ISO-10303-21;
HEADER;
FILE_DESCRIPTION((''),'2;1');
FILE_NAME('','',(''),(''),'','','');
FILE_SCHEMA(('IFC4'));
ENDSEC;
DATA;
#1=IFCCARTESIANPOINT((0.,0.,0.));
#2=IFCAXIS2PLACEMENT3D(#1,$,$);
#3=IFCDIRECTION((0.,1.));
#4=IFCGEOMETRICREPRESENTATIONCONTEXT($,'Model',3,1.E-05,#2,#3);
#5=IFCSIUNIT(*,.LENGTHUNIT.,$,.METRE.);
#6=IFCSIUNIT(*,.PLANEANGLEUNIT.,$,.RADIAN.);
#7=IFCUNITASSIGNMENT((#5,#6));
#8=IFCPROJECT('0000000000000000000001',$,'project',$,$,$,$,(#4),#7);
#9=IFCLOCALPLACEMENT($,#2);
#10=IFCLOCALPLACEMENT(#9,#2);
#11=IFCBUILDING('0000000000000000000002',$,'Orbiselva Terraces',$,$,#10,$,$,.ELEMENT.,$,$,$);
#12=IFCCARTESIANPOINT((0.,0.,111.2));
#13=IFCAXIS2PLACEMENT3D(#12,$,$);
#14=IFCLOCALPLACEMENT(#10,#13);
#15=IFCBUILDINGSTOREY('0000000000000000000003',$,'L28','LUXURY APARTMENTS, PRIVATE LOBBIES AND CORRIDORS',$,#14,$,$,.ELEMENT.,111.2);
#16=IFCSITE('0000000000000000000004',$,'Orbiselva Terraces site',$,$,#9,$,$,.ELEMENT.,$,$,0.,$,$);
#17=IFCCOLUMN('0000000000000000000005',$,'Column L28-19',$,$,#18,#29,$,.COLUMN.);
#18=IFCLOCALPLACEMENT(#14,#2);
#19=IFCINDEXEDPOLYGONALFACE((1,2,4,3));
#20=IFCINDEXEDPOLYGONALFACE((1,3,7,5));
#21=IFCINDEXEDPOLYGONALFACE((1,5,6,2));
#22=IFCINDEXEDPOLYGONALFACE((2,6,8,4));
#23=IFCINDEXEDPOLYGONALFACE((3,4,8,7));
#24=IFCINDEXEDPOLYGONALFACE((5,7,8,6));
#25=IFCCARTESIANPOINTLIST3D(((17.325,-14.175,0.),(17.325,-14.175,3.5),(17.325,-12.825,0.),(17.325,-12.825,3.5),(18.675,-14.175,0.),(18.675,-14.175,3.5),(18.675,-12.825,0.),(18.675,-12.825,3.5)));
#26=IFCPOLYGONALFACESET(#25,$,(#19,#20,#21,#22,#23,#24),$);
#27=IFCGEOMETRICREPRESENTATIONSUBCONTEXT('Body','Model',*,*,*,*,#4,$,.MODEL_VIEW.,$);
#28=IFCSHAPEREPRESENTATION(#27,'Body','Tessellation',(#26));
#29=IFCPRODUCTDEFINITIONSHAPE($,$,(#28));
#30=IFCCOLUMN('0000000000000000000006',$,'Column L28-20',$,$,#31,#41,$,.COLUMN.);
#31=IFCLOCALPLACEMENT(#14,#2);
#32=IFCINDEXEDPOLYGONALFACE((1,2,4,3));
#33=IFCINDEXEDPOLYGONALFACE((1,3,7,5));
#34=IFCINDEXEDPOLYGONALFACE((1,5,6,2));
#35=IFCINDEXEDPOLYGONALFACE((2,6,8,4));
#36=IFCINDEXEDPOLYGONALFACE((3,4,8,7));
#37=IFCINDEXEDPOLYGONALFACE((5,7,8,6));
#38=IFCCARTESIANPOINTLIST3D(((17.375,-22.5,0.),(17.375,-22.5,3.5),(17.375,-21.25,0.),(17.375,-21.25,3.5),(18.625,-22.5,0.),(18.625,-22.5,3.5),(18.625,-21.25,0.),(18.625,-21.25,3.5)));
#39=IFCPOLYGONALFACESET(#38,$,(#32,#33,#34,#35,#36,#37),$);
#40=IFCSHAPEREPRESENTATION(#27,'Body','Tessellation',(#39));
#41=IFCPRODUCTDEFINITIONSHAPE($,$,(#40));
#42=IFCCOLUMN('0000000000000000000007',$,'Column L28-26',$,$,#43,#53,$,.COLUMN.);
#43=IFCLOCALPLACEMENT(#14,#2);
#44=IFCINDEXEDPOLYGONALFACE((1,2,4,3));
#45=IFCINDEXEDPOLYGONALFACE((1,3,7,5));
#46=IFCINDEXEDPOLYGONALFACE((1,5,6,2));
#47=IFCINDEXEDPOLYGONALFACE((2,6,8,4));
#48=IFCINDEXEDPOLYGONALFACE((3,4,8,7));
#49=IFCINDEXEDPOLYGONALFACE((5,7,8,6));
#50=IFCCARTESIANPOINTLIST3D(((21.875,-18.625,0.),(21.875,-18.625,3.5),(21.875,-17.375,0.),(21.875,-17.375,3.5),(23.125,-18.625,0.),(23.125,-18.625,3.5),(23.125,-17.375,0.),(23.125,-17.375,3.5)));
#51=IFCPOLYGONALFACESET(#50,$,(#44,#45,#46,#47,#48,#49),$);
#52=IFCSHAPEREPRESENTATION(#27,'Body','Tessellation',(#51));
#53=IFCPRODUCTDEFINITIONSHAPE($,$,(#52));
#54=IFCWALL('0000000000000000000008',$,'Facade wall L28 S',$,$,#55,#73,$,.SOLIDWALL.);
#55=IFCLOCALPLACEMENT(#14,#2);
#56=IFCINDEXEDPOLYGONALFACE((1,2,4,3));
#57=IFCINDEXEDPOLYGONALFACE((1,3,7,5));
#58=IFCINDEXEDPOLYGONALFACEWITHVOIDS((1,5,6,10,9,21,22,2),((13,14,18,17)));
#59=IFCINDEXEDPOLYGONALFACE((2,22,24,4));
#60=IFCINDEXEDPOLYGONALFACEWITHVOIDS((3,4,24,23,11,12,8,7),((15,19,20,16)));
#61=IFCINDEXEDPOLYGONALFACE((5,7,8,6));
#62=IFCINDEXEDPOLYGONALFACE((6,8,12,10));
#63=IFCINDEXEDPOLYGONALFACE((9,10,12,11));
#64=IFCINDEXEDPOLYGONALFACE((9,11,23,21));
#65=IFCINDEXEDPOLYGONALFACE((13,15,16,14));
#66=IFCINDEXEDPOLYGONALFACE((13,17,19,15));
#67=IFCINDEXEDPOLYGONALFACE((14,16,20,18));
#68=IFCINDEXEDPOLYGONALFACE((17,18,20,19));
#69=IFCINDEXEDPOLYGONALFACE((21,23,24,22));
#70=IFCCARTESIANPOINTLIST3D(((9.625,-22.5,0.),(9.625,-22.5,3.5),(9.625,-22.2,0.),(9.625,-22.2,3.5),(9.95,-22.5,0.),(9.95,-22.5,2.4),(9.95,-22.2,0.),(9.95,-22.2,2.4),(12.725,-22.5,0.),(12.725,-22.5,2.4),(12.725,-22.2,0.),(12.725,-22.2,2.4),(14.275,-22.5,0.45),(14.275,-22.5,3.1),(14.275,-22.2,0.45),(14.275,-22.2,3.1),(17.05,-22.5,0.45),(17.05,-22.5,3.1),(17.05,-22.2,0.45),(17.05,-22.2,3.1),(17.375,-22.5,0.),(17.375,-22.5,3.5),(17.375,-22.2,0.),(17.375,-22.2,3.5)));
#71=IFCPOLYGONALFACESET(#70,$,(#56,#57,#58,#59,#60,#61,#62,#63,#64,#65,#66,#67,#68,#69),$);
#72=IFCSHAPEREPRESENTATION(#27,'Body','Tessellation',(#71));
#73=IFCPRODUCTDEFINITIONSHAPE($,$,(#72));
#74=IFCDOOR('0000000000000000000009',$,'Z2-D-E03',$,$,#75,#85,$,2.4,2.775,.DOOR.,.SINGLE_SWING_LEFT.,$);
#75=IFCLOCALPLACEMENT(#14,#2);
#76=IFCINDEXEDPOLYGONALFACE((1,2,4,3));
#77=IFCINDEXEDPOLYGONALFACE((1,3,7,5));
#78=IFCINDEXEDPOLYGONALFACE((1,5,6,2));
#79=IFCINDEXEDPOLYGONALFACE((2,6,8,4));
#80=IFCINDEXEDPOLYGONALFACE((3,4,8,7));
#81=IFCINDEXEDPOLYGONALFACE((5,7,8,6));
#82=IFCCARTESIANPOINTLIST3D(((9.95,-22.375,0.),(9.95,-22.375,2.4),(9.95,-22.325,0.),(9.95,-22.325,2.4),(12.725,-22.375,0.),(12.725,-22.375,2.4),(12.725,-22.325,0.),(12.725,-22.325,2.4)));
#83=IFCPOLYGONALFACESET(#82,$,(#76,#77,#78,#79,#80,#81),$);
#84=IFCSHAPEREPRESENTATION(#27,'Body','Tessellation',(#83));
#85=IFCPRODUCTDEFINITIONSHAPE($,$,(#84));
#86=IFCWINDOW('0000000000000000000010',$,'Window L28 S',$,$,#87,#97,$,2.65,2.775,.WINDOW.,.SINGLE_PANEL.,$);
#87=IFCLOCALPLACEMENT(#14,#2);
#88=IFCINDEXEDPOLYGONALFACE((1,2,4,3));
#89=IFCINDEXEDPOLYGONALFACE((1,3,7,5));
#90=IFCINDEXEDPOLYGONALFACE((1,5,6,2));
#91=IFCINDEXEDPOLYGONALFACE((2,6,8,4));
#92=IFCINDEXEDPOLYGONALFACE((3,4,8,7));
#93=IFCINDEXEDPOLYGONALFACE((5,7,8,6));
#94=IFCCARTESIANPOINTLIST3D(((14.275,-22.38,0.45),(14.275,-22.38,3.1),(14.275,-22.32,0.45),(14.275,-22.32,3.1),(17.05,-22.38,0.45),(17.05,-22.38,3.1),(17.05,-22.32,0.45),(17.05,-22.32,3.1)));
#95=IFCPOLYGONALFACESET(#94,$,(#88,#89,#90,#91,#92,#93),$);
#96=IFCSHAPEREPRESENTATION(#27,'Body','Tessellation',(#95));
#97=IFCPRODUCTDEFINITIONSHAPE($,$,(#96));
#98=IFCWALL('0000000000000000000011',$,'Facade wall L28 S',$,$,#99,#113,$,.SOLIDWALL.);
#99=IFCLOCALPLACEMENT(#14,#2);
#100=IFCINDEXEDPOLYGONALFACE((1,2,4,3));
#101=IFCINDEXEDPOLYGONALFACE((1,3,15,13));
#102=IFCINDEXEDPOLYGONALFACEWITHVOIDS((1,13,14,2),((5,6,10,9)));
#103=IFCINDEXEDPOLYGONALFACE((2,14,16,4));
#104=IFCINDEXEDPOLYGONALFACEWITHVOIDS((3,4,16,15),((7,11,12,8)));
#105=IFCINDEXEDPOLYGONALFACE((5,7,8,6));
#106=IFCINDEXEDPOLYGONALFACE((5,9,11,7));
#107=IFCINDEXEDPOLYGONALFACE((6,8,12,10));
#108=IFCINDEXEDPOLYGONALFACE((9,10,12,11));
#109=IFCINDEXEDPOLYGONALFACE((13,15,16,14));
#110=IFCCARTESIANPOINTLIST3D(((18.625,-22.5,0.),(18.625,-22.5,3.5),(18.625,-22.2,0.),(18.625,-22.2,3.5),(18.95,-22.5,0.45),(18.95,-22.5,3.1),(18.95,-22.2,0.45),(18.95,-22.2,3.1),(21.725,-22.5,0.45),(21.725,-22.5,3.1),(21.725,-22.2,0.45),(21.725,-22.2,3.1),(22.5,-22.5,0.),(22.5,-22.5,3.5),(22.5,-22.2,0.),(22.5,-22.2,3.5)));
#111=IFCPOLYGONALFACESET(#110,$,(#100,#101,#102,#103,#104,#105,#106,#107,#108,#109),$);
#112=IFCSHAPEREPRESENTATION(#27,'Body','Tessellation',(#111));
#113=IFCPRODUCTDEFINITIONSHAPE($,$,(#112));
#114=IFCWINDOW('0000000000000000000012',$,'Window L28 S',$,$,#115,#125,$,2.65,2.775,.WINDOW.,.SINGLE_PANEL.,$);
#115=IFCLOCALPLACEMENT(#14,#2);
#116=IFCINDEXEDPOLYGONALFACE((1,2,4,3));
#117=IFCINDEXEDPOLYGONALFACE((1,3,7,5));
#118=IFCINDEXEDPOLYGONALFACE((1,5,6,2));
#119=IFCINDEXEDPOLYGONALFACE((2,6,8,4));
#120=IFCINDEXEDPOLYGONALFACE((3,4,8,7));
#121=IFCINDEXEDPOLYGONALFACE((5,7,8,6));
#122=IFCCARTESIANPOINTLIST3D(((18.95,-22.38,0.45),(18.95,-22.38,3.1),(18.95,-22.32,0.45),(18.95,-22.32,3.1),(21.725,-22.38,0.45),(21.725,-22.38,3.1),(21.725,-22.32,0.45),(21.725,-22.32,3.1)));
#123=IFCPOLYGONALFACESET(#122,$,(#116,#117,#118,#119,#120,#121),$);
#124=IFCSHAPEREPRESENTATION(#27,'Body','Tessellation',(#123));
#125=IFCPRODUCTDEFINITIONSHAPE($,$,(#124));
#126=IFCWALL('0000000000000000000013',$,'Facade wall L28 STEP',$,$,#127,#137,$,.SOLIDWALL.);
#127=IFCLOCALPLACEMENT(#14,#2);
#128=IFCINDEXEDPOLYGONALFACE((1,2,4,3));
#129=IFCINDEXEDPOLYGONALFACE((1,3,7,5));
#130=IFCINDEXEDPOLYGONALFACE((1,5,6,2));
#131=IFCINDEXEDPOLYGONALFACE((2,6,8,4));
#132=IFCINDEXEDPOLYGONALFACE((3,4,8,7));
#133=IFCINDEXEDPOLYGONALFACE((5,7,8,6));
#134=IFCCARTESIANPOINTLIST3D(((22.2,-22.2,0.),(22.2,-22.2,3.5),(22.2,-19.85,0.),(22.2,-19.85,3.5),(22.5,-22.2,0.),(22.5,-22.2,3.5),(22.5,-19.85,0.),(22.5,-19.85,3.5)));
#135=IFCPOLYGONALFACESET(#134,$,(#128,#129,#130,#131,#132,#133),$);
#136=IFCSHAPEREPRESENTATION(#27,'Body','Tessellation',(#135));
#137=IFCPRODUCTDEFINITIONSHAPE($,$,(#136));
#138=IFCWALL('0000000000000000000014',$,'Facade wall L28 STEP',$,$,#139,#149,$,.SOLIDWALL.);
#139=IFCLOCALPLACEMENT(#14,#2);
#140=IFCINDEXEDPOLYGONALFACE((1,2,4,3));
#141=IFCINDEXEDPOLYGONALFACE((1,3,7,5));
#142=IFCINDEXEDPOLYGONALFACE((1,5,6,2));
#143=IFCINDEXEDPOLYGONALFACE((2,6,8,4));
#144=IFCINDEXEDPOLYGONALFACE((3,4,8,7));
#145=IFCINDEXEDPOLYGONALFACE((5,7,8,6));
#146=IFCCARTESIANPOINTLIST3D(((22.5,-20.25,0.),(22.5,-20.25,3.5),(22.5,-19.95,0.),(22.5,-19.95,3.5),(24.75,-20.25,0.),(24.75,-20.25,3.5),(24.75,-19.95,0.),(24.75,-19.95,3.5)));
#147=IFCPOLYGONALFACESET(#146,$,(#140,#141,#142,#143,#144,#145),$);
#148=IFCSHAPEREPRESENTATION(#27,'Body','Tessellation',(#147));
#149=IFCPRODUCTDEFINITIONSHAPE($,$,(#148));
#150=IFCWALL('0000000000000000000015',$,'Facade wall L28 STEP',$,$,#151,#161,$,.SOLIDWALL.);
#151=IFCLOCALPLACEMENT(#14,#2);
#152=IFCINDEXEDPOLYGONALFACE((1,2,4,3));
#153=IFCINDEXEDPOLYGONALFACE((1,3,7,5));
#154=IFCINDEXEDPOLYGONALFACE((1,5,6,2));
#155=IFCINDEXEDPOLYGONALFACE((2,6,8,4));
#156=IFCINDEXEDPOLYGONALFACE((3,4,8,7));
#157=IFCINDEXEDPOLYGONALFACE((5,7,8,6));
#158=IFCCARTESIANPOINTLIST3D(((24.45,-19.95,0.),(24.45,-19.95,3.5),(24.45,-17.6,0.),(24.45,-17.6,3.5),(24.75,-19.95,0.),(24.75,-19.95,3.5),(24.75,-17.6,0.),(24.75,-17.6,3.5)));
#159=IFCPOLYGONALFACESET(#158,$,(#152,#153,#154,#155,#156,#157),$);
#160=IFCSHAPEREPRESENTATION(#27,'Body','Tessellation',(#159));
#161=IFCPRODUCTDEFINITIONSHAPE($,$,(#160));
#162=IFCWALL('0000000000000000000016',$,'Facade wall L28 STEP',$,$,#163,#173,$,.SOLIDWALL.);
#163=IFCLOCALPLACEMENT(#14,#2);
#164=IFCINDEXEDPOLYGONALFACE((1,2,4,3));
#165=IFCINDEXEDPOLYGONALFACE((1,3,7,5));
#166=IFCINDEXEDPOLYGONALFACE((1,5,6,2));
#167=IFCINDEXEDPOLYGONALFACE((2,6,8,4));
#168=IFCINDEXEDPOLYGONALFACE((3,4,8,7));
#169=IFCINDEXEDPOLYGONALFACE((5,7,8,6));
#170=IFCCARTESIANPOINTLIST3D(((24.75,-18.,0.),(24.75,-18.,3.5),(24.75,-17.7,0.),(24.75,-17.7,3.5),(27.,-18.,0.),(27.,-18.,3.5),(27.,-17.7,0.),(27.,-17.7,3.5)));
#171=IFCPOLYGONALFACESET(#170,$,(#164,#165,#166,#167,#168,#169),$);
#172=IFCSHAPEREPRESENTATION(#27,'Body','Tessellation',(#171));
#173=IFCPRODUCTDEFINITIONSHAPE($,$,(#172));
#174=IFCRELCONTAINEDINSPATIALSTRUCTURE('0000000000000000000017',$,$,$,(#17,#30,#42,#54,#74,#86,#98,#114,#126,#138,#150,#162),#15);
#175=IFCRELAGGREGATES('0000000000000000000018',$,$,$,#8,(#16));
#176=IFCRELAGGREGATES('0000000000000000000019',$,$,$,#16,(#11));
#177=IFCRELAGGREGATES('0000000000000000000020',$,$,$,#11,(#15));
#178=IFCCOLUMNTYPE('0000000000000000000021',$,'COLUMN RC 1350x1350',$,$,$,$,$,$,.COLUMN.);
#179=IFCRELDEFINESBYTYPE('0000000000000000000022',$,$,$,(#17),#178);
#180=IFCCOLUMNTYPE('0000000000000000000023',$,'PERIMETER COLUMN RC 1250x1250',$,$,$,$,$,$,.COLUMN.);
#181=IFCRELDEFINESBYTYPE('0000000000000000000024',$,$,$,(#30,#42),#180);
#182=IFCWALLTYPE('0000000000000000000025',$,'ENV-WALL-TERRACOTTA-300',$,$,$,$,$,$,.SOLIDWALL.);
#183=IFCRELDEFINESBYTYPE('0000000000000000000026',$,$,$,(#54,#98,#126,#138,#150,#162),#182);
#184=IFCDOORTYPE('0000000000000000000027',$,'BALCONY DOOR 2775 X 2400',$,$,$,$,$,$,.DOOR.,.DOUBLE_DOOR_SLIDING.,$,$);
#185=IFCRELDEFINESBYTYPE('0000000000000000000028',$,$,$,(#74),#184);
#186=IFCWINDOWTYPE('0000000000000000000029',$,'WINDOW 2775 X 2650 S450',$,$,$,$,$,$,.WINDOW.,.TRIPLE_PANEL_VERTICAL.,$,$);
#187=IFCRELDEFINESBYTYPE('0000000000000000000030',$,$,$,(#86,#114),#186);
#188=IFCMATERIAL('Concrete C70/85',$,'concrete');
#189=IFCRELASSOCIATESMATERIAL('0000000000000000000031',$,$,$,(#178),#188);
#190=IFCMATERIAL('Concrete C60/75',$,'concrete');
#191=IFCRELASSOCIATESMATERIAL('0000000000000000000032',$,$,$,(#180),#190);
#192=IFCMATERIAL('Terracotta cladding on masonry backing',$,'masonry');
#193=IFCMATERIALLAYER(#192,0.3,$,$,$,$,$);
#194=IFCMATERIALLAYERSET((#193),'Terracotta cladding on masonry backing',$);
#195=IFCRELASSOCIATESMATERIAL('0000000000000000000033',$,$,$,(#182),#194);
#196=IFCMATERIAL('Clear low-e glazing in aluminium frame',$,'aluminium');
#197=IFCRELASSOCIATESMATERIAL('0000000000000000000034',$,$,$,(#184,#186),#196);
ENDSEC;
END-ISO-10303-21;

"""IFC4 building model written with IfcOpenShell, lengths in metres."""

from ifc_helpers import new_model, si_unit, direction, frame, frame_2d, origin, origin_2d, place, context, subcontext, project, spatial, rectangle, extrude, material, layer, layer_set, material_profile, profile_set, type_object, element, fill, save


model = new_model("IFC4")

# Units and contexts
model_context = context("Model", 3, precision=1e-05, world=origin(), true_north=direction((0.0, 1.0)))
body_context = subcontext(model_context, "Body", "Model", "MODEL_VIEW")
ifc_project = project(units=[si_unit("LENGTHUNIT", "METRE"), si_unit("PLANEANGLEUNIT", "RADIAN")], contexts=[model_context])

# Site, building, storey
site_placement = place(None, origin())
site = spatial("IfcSite", under=ifc_project, at=site_placement, Name="Orbiselva Terraces site", CompositionType="ELEMENT", RefElevation=0.0)
building_placement = place(site_placement, origin())
building = spatial("IfcBuilding", under=site, at=building_placement, Name="Orbiselva Terraces", CompositionType="ELEMENT")
storey_placement = place(building_placement, frame((0.0, 0.0, 111.2)))
storey = spatial("IfcBuildingStorey", under=building, at=storey_placement, Name="L28", Description="LUXURY APARTMENTS, PRIVATE LOBBIES AND CORRIDORS", CompositionType="ELEMENT", Elevation=111.2)

# Columns
ifc_material_1 = material(Name="Concrete C70/85", Category="concrete")
ifc_material_profile_1 = material_profile(ifc_material_1, rectangle(XDim=1.35, YDim=1.35, at=origin_2d()), Name="RC 1350x1350")
ifc_profile_set_1 = profile_set([ifc_material_profile_1], Name="Concrete C70/85")
column_type_1 = type_object("IfcColumnType", Name="COLUMN RC 1350x1350", PredefinedType="COLUMN", material=ifc_profile_set_1)
column_placement = place(storey_placement, frame((18.0, -13.5, 0.0), z_axis=(0.0, 0.0, 1.0), x_axis=(1.0, 0.0, 0.0)))
element("IfcColumn", 1, at=column_placement, inside=storey, type_object=column_type_1, Name="Column L28-19", PredefinedType="COLUMN", context=body_context, shape_type="SweptSolid", body=[
    extrude(rectangle(XDim=1.35, YDim=1.35, at=origin_2d()), origin(), (0.0, 0.0, 1.0), 3.5),
])
ifc_material_2 = material(Name="Concrete C60/75", Category="concrete")
ifc_material_profile_2 = material_profile(ifc_material_2, rectangle(XDim=1.25, YDim=1.25, at=origin_2d()), Name="RC 1250x1250")
ifc_profile_set_2 = profile_set([ifc_material_profile_2], Name="Concrete C60/75")
column_type_2 = type_object("IfcColumnType", Name="PERIMETER COLUMN RC 1250x1250", PredefinedType="COLUMN", material=ifc_profile_set_2)
for number, where, z_axis, x_axis, name in (
    (2, (18.0, -21.875, 0.0), (0.0, 0.0, 1.0), (1.0, 0.0, 0.0), "Column L28-20"),
    (3, (22.5, -18.0, 0.0), (0.0, 0.0, 1.0), (1.0, 0.0, 0.0), "Column L28-26"),
):
    element("IfcColumn", number, at=place(storey_placement, frame(where, z_axis=z_axis, x_axis=x_axis)), inside=storey, type_object=column_type_2, Name=name, PredefinedType="COLUMN", context=body_context, shape_type="SweptSolid", body=[
        extrude(rectangle(XDim=1.25, YDim=1.25, at=origin_2d()), origin(), (0.0, 0.0, 1.0), 3.5),
    ])

# Wall, openings, door, window
ifc_material_3 = material(Name="Terracotta cladding on masonry backing", Category="masonry")
ifc_layer_1 = layer(ifc_material_3, 0.3)
ifc_layer_set_1 = layer_set([ifc_layer_1], Name="Terracotta cladding on masonry backing")
wall_type_1 = type_object("IfcWallType", Name="ENV-WALL-TERRACOTTA-300", PredefinedType="SOLIDWALL", material=ifc_layer_set_1)
wall_1_placement = place(storey_placement, frame((17.375, -22.35, 0.0), z_axis=(0.0, 0.0, 1.0), x_axis=(-1.0, 0.0, 0.0)))
wall_1 = element("IfcWall", 4, at=wall_1_placement, inside=storey, type_object=wall_type_1, Name="Facade wall L28 S", PredefinedType="SOLIDWALL", context=body_context, shape_type="SweptSolid", body=[
    extrude(rectangle(XDim=7.75, YDim=0.3, at=frame_2d((3.875, 0.0))), origin(), (0.0, 0.0, 1.0), 3.5),
])
opening_1_placement = place(wall_1_placement, frame((4.65, 0.0, 0.0)))
opening_1 = element("IfcOpeningElement", 5, at=opening_1_placement, cuts=wall_1, PredefinedType="OPENING", context=body_context, shape_type="SweptSolid", body=[
    extrude(rectangle(XDim=2.775, YDim=2.4, at=frame_2d((1.3875, 1.2))), frame((0.0, 0.16, 0.0), z_axis=(0.0, -1.0, 0.0), x_axis=(1.0, 0.0, 0.0)), (0.0, 0.0, 1.0), 0.32),
])
opening_2_placement = place(wall_1_placement, frame((0.325, 0.0, 0.45)))
opening_2 = element("IfcOpeningElement", 6, at=opening_2_placement, cuts=wall_1, PredefinedType="OPENING", context=body_context, shape_type="SweptSolid", body=[
    extrude(rectangle(XDim=2.775, YDim=2.65, at=frame_2d((1.3875, 1.325))), frame((0.0, 0.16, 0.0), z_axis=(0.0, -1.0, 0.0), x_axis=(1.0, 0.0, 0.0)), (0.0, 0.0, 1.0), 0.32),
])
ifc_material_4 = material(Name="Clear low-e glazing in aluminium frame", Category="aluminium")
door_type_1 = type_object("IfcDoorType", Name="BALCONY DOOR 2775 X 2400", OperationType="DOUBLE_DOOR_SLIDING", PredefinedType="DOOR", material=ifc_material_4)
door_1_placement = place(opening_1_placement, origin())
door_1 = element("IfcDoor", 7, at=door_1_placement, inside=storey, type_object=door_type_1, Name="Z2-D-E03", OperationType="SINGLE_SWING_LEFT", OverallHeight=2.4, OverallWidth=2.775, PredefinedType="DOOR", context=body_context, shape_type="SweptSolid", body=[
    extrude(rectangle(XDim=2.775, YDim=2.4, at=frame_2d((1.3875, 1.2))), frame((0.0, 0.025, 0.0), z_axis=(0.0, -1.0, 0.0), x_axis=(1.0, 0.0, 0.0)), (0.0, 0.0, 1.0), 0.05),
])
fill(opening_1, door_1)
window_type = type_object("IfcWindowType", Name="WINDOW 2775 X 2650 S450", PartitioningType="TRIPLE_PANEL_VERTICAL", PredefinedType="WINDOW", material=ifc_material_4)
window_1_placement = place(opening_2_placement, origin())
window_1 = element("IfcWindow", 8, at=window_1_placement, inside=storey, type_object=window_type, Name="Window L28 S", OverallHeight=2.65, OverallWidth=2.775, PartitioningType="SINGLE_PANEL", PredefinedType="WINDOW", context=body_context, shape_type="SweptSolid", body=[
    extrude(rectangle(XDim=2.775, YDim=2.65, at=frame_2d((1.3875, 1.325))), frame((0.0, 0.03, 0.0), z_axis=(0.0, -1.0, 0.0), x_axis=(1.0, 0.0, 0.0)), (0.0, 0.0, 1.0), 0.06),
])
fill(opening_2, window_1)

# Wall, opening, window
wall_2_placement = place(storey_placement, frame((22.5, -22.35, 0.0), z_axis=(0.0, 0.0, 1.0), x_axis=(-1.0, 0.0, 0.0)))
wall_2 = element("IfcWall", 9, at=wall_2_placement, inside=storey, type_object=wall_type_1, Name="Facade wall L28 S", PredefinedType="SOLIDWALL", context=body_context, shape_type="SweptSolid", body=[
    extrude(rectangle(XDim=3.875, YDim=0.3, at=frame_2d((1.9375, 0.0))), origin(), (0.0, 0.0, 1.0), 3.5),
])
opening_3_placement = place(wall_2_placement, frame((0.775, 0.0, 0.45)))
opening_3 = element("IfcOpeningElement", 10, at=opening_3_placement, cuts=wall_2, PredefinedType="OPENING", context=body_context, shape_type="SweptSolid", body=[
    extrude(rectangle(XDim=2.775, YDim=2.65, at=frame_2d((1.3875, 1.325))), frame((0.0, 0.16, 0.0), z_axis=(0.0, -1.0, 0.0), x_axis=(1.0, 0.0, 0.0)), (0.0, 0.0, 1.0), 0.32),
])
window_2_placement = place(opening_3_placement, origin())
window_2 = element("IfcWindow", 11, at=window_2_placement, inside=storey, type_object=window_type, Name="Window L28 S", OverallHeight=2.65, OverallWidth=2.775, PartitioningType="SINGLE_PANEL", PredefinedType="WINDOW", context=body_context, shape_type="SweptSolid", body=[
    extrude(rectangle(XDim=2.775, YDim=2.65, at=frame_2d((1.3875, 1.325))), frame((0.0, 0.03, 0.0), z_axis=(0.0, -1.0, 0.0), x_axis=(1.0, 0.0, 0.0)), (0.0, 0.0, 1.0), 0.06),
])
fill(opening_3, window_2)

# Walls
wall_3_placement = place(storey_placement, frame((22.35, -19.85, 0.0), z_axis=(0.0, 0.0, 1.0), x_axis=(0.0, -1.0, 0.0)))
element("IfcWall", 12, at=wall_3_placement, inside=storey, type_object=wall_type_1, Name="Facade wall L28 STEP", PredefinedType="SOLIDWALL", context=body_context, shape_type="SweptSolid", body=[
    extrude(rectangle(XDim=2.35, YDim=0.3, at=frame_2d((1.175, 0.0))), origin(), (0.0, 0.0, 1.0), 3.5),
])
wall_4_placement = place(storey_placement, frame((24.75, -20.1, 0.0), z_axis=(0.0, 0.0, 1.0), x_axis=(-1.0, 0.0, 0.0)))
element("IfcWall", 13, at=wall_4_placement, inside=storey, type_object=wall_type_1, Name="Facade wall L28 STEP", PredefinedType="SOLIDWALL", context=body_context, shape_type="SweptSolid", body=[
    extrude(rectangle(XDim=2.25, YDim=0.3, at=frame_2d((1.125, 0.0))), origin(), (0.0, 0.0, 1.0), 3.5),
])
wall_5_placement = place(storey_placement, frame((24.6, -17.6, 0.0), z_axis=(0.0, 0.0, 1.0), x_axis=(0.0, -1.0, 0.0)))
element("IfcWall", 14, at=wall_5_placement, inside=storey, type_object=wall_type_1, Name="Facade wall L28 STEP", PredefinedType="SOLIDWALL", context=body_context, shape_type="SweptSolid", body=[
    extrude(rectangle(XDim=2.35, YDim=0.3, at=frame_2d((1.175, 0.0))), origin(), (0.0, 0.0, 1.0), 3.5),
])
wall_6_placement = place(storey_placement, frame((27.0, -17.85, 0.0), z_axis=(0.0, 0.0, 1.0), x_axis=(-1.0, 0.0, 0.0)))
element("IfcWall", 15, at=wall_6_placement, inside=storey, type_object=wall_type_1, Name="Facade wall L28 STEP", PredefinedType="SOLIDWALL", context=body_context, shape_type="SweptSolid", body=[
    extrude(rectangle(XDim=2.25, YDim=0.3, at=frame_2d((1.125, 0.0))), origin(), (0.0, 0.0, 1.0), 3.5),
])

save(model, "model.ifc")
